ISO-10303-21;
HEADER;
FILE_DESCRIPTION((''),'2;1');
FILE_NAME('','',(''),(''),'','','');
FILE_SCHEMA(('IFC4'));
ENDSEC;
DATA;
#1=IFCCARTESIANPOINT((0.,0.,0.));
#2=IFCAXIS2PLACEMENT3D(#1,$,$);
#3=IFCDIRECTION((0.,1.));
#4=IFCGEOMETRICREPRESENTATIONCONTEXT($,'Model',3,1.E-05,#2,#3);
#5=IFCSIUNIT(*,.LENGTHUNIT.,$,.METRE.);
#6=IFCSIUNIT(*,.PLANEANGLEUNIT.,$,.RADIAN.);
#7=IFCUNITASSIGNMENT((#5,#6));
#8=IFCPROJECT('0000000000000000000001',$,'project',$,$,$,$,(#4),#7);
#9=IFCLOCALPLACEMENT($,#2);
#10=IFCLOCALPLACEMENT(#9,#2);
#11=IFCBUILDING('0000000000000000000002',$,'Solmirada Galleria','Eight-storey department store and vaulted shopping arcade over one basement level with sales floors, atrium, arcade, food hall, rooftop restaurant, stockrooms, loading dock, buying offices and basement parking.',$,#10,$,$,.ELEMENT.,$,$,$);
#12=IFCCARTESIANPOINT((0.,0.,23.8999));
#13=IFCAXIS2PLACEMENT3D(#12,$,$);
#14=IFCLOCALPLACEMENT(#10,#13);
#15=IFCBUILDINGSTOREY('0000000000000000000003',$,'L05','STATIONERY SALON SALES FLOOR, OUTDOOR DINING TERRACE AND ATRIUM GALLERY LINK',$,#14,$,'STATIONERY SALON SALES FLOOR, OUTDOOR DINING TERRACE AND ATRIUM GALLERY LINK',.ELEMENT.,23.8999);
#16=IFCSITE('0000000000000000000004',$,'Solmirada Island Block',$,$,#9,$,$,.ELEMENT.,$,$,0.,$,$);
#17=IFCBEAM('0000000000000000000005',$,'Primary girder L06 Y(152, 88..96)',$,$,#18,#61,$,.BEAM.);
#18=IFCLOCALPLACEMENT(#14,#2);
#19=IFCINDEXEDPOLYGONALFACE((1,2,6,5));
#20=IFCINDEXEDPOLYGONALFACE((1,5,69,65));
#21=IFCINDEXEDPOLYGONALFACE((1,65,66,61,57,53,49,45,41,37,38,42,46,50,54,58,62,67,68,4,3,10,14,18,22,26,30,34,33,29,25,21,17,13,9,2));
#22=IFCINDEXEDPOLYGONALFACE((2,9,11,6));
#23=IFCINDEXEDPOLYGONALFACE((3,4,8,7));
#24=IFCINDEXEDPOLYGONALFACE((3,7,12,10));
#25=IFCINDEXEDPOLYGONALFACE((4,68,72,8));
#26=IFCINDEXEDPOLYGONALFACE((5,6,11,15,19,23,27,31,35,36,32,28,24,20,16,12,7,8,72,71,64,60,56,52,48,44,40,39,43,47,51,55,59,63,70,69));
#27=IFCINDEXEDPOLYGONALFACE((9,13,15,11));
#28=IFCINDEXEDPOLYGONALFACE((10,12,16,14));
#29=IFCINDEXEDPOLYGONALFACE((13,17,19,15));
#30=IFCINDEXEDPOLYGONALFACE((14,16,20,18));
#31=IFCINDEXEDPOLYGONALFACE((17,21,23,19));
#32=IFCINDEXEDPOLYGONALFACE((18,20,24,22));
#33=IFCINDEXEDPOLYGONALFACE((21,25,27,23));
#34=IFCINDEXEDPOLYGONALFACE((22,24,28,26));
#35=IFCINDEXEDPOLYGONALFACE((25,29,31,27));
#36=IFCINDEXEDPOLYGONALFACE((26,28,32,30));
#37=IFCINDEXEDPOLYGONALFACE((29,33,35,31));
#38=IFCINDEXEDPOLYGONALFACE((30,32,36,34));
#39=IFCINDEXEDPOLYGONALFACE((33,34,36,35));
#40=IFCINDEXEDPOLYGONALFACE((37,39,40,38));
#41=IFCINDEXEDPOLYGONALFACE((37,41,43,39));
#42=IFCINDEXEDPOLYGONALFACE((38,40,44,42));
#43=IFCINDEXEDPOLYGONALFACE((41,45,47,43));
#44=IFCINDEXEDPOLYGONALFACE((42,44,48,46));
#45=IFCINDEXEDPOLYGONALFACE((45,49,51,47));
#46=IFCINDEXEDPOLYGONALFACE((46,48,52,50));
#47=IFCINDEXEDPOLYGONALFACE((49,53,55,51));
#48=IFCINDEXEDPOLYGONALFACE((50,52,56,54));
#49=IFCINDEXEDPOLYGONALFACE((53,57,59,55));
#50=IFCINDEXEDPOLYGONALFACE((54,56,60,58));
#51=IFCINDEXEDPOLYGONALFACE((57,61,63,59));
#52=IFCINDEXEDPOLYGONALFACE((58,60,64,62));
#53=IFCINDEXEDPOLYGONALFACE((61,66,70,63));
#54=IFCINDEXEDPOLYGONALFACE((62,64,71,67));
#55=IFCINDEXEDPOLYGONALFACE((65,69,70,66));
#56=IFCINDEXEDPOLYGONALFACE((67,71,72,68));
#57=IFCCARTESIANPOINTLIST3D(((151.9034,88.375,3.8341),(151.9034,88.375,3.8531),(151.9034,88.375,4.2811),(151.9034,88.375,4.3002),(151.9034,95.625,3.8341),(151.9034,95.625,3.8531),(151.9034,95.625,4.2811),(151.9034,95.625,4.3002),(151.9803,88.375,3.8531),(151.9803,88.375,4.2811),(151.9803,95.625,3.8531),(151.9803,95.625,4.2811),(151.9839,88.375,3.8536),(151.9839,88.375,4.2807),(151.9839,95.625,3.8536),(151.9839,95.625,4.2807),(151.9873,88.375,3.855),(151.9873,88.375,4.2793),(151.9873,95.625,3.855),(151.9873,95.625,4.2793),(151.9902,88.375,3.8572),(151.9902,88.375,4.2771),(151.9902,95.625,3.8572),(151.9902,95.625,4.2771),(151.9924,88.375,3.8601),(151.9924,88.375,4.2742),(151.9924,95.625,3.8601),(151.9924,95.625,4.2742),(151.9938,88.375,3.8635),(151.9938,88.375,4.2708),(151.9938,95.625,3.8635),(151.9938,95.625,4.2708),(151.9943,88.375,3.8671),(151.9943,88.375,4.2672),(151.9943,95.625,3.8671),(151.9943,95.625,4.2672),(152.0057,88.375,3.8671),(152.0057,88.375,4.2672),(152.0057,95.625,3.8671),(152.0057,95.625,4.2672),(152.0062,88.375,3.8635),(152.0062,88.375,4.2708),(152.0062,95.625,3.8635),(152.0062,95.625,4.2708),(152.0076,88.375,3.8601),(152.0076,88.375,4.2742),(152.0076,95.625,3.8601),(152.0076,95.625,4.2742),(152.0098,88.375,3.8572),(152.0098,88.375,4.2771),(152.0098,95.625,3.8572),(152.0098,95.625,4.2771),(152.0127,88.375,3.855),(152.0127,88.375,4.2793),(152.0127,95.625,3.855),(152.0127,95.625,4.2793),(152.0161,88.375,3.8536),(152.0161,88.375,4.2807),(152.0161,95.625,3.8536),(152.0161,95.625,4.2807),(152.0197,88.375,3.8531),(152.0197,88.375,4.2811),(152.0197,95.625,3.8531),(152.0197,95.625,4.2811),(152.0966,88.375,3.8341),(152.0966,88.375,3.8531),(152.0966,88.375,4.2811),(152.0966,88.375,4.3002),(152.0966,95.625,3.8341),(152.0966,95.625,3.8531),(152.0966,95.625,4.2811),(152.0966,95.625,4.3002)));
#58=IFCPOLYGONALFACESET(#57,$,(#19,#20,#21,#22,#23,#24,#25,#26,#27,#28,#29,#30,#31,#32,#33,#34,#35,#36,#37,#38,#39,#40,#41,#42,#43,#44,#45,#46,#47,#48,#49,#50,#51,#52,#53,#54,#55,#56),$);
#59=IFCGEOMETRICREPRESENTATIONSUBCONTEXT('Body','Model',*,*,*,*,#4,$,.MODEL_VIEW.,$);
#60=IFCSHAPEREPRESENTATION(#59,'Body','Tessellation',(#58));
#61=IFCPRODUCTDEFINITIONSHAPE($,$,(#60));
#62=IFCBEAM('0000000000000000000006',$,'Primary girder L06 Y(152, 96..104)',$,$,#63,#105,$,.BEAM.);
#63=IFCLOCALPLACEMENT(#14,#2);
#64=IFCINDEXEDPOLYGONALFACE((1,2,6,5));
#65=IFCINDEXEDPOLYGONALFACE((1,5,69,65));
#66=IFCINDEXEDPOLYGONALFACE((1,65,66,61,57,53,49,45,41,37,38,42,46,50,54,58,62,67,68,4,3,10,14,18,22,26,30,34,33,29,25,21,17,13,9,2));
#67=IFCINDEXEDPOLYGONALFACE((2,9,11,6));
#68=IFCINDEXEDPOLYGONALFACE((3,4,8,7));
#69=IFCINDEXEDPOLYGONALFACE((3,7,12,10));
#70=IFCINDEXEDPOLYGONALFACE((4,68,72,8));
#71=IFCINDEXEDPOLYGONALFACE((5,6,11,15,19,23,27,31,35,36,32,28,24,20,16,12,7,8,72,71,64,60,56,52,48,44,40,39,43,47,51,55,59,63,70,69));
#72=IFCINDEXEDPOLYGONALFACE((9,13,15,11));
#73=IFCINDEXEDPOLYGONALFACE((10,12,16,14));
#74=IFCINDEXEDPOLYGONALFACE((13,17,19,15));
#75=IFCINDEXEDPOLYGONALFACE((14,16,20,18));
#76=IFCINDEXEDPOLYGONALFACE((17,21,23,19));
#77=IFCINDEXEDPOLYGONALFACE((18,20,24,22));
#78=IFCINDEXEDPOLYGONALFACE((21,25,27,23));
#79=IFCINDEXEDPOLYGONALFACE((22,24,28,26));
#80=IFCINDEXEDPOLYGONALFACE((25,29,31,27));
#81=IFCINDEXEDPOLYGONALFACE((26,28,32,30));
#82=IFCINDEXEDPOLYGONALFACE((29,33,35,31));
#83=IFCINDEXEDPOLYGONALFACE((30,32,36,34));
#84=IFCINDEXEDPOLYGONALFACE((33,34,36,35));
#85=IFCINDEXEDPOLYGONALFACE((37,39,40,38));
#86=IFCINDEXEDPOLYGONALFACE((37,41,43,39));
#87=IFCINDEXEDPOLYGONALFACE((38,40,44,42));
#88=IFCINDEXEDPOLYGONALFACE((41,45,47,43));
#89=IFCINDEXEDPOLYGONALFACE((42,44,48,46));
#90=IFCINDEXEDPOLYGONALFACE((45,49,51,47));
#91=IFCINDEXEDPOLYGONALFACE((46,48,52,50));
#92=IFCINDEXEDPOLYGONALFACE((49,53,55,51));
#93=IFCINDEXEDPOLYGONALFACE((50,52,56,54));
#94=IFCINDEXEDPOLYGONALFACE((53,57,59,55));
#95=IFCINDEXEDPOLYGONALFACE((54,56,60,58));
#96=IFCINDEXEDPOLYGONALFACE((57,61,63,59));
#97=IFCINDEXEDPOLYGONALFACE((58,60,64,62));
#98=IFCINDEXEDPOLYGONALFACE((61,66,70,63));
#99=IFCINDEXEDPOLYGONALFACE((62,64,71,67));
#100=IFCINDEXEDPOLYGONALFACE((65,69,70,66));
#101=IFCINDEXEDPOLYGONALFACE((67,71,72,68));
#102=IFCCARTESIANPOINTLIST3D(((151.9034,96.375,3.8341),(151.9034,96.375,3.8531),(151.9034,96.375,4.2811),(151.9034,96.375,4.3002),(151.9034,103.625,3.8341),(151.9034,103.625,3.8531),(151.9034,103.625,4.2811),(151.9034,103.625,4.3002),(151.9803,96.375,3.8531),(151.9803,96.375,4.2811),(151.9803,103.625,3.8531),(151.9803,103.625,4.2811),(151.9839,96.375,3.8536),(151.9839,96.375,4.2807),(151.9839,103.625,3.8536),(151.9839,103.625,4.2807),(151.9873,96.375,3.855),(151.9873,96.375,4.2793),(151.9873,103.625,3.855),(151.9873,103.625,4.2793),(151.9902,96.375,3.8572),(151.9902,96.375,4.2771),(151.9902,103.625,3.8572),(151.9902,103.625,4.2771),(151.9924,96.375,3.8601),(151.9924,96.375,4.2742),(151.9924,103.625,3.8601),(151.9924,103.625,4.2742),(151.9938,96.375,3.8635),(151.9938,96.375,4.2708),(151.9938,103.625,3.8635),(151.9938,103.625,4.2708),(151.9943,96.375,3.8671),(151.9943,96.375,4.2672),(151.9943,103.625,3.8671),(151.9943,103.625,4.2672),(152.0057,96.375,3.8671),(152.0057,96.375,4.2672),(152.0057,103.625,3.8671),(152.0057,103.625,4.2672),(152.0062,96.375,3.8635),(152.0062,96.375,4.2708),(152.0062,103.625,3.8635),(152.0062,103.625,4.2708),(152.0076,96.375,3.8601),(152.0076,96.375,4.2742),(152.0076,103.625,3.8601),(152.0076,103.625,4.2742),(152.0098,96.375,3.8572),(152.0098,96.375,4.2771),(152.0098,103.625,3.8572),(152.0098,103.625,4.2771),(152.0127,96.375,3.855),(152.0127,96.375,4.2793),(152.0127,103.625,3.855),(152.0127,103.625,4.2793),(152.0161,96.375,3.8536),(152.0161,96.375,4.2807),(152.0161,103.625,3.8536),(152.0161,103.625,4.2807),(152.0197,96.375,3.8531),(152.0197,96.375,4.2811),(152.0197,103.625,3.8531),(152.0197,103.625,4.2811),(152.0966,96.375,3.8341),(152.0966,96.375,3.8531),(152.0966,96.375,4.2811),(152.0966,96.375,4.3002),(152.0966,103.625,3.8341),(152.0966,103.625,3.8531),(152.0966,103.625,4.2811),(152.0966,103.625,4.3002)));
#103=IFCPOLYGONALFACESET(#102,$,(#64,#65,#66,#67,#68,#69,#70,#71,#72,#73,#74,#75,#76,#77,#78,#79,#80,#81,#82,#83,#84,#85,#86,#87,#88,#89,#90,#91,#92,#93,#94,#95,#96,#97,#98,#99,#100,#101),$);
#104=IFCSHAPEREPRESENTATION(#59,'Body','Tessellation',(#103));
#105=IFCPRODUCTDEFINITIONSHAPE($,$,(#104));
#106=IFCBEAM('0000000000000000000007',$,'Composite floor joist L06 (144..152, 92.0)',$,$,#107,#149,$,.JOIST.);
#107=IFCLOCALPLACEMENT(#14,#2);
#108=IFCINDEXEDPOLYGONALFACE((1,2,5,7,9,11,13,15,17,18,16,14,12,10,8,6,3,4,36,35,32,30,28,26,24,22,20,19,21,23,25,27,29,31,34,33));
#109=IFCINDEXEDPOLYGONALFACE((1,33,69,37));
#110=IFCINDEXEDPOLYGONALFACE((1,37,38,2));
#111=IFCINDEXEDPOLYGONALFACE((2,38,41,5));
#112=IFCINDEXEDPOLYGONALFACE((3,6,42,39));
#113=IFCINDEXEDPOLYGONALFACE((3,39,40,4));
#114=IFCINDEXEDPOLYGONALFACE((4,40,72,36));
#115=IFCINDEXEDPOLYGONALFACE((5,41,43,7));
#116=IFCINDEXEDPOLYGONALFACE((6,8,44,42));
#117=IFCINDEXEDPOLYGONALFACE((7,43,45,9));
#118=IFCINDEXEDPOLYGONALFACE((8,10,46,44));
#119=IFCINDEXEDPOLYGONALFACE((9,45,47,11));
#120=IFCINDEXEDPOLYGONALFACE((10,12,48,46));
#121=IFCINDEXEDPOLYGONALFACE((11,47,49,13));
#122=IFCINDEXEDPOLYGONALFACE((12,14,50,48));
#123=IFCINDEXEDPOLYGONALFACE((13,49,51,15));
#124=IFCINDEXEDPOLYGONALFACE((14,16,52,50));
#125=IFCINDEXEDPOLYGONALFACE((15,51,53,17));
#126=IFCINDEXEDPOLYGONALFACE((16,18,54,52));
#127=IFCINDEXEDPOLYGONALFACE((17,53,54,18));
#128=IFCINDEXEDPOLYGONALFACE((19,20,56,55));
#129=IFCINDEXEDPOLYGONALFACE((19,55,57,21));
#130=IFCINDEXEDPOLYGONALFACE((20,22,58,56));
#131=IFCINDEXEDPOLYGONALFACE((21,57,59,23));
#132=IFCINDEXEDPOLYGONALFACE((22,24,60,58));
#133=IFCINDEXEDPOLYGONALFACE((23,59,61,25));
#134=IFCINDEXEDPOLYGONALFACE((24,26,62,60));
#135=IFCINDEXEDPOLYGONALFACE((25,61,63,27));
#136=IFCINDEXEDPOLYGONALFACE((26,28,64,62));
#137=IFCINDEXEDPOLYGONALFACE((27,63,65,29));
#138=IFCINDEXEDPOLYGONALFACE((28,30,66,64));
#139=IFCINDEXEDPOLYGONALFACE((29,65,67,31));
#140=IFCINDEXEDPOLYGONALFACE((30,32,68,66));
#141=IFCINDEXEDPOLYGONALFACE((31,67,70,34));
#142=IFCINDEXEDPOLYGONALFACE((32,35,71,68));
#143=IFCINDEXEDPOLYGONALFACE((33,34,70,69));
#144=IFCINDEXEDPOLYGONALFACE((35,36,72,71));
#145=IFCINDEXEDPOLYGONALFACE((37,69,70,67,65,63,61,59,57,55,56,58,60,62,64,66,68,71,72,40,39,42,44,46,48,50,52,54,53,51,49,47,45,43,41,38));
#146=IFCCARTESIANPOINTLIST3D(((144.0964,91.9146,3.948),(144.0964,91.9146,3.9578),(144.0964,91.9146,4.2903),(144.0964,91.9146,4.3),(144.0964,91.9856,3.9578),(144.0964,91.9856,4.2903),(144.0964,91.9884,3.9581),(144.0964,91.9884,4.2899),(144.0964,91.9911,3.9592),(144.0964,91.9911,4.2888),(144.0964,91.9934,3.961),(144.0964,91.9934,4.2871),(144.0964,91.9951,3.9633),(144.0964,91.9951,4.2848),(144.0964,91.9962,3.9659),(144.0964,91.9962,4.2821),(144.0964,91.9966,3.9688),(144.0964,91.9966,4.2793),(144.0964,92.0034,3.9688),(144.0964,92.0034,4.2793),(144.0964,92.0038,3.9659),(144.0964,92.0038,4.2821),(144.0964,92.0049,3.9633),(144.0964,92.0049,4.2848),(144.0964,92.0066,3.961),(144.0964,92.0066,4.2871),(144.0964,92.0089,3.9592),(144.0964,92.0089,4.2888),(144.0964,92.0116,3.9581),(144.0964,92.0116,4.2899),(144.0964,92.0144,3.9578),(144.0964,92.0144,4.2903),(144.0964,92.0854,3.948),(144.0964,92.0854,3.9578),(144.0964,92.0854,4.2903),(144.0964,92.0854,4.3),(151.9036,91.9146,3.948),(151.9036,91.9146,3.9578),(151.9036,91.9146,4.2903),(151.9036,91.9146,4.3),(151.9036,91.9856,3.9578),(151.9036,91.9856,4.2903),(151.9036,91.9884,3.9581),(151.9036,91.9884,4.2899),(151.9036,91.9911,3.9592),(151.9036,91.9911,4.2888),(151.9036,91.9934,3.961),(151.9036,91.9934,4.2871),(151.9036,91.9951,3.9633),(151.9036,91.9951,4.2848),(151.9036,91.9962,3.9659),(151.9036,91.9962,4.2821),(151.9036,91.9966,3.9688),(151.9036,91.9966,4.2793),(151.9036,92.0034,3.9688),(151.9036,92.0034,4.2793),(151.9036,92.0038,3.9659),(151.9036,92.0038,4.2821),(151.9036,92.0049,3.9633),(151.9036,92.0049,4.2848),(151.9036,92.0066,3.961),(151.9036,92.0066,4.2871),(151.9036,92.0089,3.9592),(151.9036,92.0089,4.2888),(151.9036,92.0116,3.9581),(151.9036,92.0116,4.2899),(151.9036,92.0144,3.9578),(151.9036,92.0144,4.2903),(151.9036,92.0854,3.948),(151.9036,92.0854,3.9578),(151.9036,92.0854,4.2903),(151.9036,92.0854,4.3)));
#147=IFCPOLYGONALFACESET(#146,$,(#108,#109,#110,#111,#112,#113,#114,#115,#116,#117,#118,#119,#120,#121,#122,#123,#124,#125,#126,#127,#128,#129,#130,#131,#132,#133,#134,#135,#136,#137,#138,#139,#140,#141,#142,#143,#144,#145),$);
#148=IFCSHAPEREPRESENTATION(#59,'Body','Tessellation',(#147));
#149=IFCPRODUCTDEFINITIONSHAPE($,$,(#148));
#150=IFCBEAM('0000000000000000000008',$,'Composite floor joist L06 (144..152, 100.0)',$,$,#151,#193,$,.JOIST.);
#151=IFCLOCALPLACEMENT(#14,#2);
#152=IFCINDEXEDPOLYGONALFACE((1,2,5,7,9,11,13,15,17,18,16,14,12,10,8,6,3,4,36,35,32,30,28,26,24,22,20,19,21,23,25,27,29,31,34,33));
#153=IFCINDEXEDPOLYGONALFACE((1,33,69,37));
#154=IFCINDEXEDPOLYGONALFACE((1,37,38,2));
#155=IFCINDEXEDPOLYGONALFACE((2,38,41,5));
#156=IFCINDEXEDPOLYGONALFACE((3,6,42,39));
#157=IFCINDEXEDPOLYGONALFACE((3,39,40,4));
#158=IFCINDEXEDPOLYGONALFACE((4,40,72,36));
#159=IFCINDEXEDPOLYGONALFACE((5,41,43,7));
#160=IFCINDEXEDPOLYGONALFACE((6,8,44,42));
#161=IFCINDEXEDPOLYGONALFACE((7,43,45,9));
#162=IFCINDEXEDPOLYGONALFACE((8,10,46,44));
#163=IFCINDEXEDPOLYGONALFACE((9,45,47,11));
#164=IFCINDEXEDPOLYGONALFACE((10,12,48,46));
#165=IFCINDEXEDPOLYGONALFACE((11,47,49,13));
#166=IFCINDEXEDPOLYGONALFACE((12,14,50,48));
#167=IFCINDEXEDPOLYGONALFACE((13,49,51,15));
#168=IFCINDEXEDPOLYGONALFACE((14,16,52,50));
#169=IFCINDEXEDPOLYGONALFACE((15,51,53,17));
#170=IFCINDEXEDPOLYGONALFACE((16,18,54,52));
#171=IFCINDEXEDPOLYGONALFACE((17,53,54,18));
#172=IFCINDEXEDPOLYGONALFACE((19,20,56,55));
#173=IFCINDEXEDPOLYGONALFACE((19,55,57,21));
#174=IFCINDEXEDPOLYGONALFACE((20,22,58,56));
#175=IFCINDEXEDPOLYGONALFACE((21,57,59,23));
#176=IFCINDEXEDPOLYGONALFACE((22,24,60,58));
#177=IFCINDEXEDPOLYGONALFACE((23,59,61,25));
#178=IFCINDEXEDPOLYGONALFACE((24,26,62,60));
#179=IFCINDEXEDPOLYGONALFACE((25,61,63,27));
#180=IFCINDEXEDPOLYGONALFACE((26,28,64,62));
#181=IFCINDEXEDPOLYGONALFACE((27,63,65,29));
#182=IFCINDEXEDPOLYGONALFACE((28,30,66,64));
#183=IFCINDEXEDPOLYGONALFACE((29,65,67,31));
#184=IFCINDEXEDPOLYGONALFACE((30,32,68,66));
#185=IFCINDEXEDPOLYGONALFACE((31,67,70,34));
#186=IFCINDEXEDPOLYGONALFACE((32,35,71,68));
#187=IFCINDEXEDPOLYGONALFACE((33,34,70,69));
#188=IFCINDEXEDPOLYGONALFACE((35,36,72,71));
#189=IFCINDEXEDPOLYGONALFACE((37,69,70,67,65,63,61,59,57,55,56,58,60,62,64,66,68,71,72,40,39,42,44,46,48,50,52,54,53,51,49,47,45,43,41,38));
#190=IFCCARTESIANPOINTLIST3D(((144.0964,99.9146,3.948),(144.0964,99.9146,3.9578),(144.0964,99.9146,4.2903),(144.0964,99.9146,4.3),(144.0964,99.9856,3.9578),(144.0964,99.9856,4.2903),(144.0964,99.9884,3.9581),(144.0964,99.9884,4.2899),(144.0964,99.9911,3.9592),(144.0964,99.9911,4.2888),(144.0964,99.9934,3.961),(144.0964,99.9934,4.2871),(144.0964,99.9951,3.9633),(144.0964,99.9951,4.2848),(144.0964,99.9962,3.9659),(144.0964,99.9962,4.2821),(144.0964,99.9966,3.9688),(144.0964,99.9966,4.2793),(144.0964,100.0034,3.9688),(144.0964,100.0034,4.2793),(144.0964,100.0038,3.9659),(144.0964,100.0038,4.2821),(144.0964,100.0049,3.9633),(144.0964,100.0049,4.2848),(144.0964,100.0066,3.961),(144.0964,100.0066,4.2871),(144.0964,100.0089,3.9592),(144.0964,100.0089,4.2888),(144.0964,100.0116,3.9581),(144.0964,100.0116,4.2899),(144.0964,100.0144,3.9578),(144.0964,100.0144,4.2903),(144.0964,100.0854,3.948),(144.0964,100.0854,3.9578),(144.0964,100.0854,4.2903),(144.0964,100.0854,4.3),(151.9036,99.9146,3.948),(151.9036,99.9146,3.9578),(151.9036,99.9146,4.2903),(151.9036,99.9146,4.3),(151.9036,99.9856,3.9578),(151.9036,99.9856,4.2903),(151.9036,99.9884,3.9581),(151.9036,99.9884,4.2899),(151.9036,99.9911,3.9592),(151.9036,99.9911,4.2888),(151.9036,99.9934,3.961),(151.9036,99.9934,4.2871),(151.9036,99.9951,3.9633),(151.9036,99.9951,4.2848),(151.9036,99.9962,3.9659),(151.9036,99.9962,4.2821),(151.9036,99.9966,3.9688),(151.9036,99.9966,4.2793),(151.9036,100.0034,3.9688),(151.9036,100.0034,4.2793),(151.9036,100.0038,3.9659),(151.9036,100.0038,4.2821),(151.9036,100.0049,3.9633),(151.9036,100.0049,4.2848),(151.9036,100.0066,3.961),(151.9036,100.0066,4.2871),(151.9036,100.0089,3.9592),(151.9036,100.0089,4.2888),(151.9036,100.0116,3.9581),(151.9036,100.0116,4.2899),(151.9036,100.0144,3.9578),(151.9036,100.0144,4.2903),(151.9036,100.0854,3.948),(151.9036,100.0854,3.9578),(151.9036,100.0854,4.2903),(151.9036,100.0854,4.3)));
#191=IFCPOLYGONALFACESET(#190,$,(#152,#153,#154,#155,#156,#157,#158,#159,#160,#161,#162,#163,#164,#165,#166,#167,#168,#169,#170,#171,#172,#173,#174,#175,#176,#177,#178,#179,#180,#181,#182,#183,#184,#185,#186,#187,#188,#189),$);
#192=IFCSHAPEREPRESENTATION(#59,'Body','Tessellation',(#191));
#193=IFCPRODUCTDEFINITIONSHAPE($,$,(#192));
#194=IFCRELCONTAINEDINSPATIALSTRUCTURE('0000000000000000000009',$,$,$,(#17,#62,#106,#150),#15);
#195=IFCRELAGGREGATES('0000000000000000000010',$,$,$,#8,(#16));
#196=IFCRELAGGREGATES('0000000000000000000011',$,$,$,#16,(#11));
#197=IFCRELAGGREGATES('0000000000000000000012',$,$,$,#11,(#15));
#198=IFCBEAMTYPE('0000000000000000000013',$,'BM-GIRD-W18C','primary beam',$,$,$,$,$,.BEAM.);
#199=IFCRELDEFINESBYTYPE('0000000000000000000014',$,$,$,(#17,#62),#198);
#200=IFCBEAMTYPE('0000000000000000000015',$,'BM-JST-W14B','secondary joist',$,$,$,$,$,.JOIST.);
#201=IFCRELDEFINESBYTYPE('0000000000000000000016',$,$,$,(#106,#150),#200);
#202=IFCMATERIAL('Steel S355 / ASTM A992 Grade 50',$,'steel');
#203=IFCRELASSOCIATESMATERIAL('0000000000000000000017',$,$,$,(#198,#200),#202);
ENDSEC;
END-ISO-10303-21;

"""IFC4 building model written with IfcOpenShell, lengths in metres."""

from ifc_helpers import new_model, si_unit, direction, frame, origin, origin_2d, place, context, subcontext, project, spatial, i_section, extrude, material, material_profile, profile_set, type_object, element, save


model = new_model("IFC4")

# Units and contexts
model_context = context("Model", 3, precision=1e-05, world=origin(), true_north=direction((0.0, 1.0)))
body_context = subcontext(model_context, "Body", "Model", "MODEL_VIEW")
ifc_project = project(units=[si_unit("LENGTHUNIT", "METRE"), si_unit("PLANEANGLEUNIT", "RADIAN")], contexts=[model_context])

# Site, building, storey
site_placement = place(None, origin())
site = spatial("IfcSite", under=ifc_project, at=site_placement, Name="Solmirada Island Block", CompositionType="ELEMENT", RefElevation=0.0)
building_placement = place(site_placement, origin())
building = spatial("IfcBuilding", under=site, at=building_placement, Name="Solmirada Galleria", Description="Eight-storey department store and vaulted shopping arcade over one basement level with sales floors, atrium, arcade, food hall, rooftop restaurant, stockrooms, loading dock, buying offices and basement parking.", CompositionType="ELEMENT")
storey_placement = place(building_placement, frame((0.0, 0.0, 23.8999)))
storey = spatial("IfcBuildingStorey", under=building, at=storey_placement, Name="L05", Description="STATIONERY SALON SALES FLOOR, OUTDOOR DINING TERRACE AND ATRIUM GALLERY LINK", LongName="STATIONERY SALON SALES FLOOR, OUTDOOR DINING TERRACE AND ATRIUM GALLERY LINK", CompositionType="ELEMENT", Elevation=23.8999)

# Beams
ifc_material_1 = material(Name="Steel S355 / ASTM A992 Grade 50", Category="steel")
ifc_material_profile_1 = material_profile(ifc_material_1, i_section(OverallWidth=0.1931, OverallDepth=0.4661, WebThickness=0.0115, FlangeThickness=0.019, FilletRadius=0.0139, at=origin_2d()), Name="W18X65")
ifc_profile_set_1 = profile_set([ifc_material_profile_1], Name="Steel S355 / ASTM A992 Grade 50")
beam_type_1 = type_object("IfcBeamType", Name="BM-GIRD-W18C", Description="primary beam", PredefinedType="BEAM", material=ifc_profile_set_1)
for number, where, z_axis, x_axis, name in (
    (1, (152.0, 88.375, 4.0671), (0.0, 1.0, 0.0), (-1.0, 0.0, 0.0), "Primary girder L06 Y(152, 88..96)"),
    (2, (152.0, 96.375, 4.0671), (0.0, 1.0, 0.0), (-1.0, 0.0, 0.0), "Primary girder L06 Y(152, 96..104)"),
):
    element("IfcBeam", number, at=place(storey_placement, frame(where, z_axis=z_axis, x_axis=x_axis)), inside=storey, type_object=beam_type_1, Name=name, PredefinedType="BEAM", context=body_context, shape_type="SweptSolid", body=[
        extrude(i_section(OverallWidth=0.1931, OverallDepth=0.4661, WebThickness=0.0115, FlangeThickness=0.019, FilletRadius=0.0139, at=origin_2d()), origin(), (0.0, 0.0, 1.0), 7.25),
    ])
ifc_material_profile_2 = material_profile(ifc_material_1, i_section(OverallWidth=0.1709, OverallDepth=0.3521, WebThickness=0.0068, FlangeThickness=0.0098, FilletRadius=0.011, at=origin_2d()), Name="W14X30")
ifc_profile_set_2 = profile_set([ifc_material_profile_2], Name="Steel S355 / ASTM A992 Grade 50")
beam_type_2 = type_object("IfcBeamType", Name="BM-JST-W14B", Description="secondary joist", PredefinedType="JOIST", material=ifc_profile_set_2)
for number, where, z_axis, x_axis, name in (
    (3, (144.0964, 92.0, 4.124), (1.0, 0.0, 0.0), (0.0, 1.0, 0.0), "Composite floor joist L06 (144..152, 92.0)"),
    (4, (144.0964, 100.0, 4.124), (1.0, 0.0, 0.0), (0.0, 1.0, 0.0), "Composite floor joist L06 (144..152, 100.0)"),
):
    element("IfcBeam", number, at=place(storey_placement, frame(where, z_axis=z_axis, x_axis=x_axis)), inside=storey, type_object=beam_type_2, Name=name, PredefinedType="JOIST", context=body_context, shape_type="SweptSolid", body=[
        extrude(i_section(OverallWidth=0.1709, OverallDepth=0.3521, WebThickness=0.0068, FlangeThickness=0.0098, FilletRadius=0.011, at=origin_2d()), origin(), (0.0, 0.0, 1.0), 7.8071),
    ])

save(model, "model.ifc")
